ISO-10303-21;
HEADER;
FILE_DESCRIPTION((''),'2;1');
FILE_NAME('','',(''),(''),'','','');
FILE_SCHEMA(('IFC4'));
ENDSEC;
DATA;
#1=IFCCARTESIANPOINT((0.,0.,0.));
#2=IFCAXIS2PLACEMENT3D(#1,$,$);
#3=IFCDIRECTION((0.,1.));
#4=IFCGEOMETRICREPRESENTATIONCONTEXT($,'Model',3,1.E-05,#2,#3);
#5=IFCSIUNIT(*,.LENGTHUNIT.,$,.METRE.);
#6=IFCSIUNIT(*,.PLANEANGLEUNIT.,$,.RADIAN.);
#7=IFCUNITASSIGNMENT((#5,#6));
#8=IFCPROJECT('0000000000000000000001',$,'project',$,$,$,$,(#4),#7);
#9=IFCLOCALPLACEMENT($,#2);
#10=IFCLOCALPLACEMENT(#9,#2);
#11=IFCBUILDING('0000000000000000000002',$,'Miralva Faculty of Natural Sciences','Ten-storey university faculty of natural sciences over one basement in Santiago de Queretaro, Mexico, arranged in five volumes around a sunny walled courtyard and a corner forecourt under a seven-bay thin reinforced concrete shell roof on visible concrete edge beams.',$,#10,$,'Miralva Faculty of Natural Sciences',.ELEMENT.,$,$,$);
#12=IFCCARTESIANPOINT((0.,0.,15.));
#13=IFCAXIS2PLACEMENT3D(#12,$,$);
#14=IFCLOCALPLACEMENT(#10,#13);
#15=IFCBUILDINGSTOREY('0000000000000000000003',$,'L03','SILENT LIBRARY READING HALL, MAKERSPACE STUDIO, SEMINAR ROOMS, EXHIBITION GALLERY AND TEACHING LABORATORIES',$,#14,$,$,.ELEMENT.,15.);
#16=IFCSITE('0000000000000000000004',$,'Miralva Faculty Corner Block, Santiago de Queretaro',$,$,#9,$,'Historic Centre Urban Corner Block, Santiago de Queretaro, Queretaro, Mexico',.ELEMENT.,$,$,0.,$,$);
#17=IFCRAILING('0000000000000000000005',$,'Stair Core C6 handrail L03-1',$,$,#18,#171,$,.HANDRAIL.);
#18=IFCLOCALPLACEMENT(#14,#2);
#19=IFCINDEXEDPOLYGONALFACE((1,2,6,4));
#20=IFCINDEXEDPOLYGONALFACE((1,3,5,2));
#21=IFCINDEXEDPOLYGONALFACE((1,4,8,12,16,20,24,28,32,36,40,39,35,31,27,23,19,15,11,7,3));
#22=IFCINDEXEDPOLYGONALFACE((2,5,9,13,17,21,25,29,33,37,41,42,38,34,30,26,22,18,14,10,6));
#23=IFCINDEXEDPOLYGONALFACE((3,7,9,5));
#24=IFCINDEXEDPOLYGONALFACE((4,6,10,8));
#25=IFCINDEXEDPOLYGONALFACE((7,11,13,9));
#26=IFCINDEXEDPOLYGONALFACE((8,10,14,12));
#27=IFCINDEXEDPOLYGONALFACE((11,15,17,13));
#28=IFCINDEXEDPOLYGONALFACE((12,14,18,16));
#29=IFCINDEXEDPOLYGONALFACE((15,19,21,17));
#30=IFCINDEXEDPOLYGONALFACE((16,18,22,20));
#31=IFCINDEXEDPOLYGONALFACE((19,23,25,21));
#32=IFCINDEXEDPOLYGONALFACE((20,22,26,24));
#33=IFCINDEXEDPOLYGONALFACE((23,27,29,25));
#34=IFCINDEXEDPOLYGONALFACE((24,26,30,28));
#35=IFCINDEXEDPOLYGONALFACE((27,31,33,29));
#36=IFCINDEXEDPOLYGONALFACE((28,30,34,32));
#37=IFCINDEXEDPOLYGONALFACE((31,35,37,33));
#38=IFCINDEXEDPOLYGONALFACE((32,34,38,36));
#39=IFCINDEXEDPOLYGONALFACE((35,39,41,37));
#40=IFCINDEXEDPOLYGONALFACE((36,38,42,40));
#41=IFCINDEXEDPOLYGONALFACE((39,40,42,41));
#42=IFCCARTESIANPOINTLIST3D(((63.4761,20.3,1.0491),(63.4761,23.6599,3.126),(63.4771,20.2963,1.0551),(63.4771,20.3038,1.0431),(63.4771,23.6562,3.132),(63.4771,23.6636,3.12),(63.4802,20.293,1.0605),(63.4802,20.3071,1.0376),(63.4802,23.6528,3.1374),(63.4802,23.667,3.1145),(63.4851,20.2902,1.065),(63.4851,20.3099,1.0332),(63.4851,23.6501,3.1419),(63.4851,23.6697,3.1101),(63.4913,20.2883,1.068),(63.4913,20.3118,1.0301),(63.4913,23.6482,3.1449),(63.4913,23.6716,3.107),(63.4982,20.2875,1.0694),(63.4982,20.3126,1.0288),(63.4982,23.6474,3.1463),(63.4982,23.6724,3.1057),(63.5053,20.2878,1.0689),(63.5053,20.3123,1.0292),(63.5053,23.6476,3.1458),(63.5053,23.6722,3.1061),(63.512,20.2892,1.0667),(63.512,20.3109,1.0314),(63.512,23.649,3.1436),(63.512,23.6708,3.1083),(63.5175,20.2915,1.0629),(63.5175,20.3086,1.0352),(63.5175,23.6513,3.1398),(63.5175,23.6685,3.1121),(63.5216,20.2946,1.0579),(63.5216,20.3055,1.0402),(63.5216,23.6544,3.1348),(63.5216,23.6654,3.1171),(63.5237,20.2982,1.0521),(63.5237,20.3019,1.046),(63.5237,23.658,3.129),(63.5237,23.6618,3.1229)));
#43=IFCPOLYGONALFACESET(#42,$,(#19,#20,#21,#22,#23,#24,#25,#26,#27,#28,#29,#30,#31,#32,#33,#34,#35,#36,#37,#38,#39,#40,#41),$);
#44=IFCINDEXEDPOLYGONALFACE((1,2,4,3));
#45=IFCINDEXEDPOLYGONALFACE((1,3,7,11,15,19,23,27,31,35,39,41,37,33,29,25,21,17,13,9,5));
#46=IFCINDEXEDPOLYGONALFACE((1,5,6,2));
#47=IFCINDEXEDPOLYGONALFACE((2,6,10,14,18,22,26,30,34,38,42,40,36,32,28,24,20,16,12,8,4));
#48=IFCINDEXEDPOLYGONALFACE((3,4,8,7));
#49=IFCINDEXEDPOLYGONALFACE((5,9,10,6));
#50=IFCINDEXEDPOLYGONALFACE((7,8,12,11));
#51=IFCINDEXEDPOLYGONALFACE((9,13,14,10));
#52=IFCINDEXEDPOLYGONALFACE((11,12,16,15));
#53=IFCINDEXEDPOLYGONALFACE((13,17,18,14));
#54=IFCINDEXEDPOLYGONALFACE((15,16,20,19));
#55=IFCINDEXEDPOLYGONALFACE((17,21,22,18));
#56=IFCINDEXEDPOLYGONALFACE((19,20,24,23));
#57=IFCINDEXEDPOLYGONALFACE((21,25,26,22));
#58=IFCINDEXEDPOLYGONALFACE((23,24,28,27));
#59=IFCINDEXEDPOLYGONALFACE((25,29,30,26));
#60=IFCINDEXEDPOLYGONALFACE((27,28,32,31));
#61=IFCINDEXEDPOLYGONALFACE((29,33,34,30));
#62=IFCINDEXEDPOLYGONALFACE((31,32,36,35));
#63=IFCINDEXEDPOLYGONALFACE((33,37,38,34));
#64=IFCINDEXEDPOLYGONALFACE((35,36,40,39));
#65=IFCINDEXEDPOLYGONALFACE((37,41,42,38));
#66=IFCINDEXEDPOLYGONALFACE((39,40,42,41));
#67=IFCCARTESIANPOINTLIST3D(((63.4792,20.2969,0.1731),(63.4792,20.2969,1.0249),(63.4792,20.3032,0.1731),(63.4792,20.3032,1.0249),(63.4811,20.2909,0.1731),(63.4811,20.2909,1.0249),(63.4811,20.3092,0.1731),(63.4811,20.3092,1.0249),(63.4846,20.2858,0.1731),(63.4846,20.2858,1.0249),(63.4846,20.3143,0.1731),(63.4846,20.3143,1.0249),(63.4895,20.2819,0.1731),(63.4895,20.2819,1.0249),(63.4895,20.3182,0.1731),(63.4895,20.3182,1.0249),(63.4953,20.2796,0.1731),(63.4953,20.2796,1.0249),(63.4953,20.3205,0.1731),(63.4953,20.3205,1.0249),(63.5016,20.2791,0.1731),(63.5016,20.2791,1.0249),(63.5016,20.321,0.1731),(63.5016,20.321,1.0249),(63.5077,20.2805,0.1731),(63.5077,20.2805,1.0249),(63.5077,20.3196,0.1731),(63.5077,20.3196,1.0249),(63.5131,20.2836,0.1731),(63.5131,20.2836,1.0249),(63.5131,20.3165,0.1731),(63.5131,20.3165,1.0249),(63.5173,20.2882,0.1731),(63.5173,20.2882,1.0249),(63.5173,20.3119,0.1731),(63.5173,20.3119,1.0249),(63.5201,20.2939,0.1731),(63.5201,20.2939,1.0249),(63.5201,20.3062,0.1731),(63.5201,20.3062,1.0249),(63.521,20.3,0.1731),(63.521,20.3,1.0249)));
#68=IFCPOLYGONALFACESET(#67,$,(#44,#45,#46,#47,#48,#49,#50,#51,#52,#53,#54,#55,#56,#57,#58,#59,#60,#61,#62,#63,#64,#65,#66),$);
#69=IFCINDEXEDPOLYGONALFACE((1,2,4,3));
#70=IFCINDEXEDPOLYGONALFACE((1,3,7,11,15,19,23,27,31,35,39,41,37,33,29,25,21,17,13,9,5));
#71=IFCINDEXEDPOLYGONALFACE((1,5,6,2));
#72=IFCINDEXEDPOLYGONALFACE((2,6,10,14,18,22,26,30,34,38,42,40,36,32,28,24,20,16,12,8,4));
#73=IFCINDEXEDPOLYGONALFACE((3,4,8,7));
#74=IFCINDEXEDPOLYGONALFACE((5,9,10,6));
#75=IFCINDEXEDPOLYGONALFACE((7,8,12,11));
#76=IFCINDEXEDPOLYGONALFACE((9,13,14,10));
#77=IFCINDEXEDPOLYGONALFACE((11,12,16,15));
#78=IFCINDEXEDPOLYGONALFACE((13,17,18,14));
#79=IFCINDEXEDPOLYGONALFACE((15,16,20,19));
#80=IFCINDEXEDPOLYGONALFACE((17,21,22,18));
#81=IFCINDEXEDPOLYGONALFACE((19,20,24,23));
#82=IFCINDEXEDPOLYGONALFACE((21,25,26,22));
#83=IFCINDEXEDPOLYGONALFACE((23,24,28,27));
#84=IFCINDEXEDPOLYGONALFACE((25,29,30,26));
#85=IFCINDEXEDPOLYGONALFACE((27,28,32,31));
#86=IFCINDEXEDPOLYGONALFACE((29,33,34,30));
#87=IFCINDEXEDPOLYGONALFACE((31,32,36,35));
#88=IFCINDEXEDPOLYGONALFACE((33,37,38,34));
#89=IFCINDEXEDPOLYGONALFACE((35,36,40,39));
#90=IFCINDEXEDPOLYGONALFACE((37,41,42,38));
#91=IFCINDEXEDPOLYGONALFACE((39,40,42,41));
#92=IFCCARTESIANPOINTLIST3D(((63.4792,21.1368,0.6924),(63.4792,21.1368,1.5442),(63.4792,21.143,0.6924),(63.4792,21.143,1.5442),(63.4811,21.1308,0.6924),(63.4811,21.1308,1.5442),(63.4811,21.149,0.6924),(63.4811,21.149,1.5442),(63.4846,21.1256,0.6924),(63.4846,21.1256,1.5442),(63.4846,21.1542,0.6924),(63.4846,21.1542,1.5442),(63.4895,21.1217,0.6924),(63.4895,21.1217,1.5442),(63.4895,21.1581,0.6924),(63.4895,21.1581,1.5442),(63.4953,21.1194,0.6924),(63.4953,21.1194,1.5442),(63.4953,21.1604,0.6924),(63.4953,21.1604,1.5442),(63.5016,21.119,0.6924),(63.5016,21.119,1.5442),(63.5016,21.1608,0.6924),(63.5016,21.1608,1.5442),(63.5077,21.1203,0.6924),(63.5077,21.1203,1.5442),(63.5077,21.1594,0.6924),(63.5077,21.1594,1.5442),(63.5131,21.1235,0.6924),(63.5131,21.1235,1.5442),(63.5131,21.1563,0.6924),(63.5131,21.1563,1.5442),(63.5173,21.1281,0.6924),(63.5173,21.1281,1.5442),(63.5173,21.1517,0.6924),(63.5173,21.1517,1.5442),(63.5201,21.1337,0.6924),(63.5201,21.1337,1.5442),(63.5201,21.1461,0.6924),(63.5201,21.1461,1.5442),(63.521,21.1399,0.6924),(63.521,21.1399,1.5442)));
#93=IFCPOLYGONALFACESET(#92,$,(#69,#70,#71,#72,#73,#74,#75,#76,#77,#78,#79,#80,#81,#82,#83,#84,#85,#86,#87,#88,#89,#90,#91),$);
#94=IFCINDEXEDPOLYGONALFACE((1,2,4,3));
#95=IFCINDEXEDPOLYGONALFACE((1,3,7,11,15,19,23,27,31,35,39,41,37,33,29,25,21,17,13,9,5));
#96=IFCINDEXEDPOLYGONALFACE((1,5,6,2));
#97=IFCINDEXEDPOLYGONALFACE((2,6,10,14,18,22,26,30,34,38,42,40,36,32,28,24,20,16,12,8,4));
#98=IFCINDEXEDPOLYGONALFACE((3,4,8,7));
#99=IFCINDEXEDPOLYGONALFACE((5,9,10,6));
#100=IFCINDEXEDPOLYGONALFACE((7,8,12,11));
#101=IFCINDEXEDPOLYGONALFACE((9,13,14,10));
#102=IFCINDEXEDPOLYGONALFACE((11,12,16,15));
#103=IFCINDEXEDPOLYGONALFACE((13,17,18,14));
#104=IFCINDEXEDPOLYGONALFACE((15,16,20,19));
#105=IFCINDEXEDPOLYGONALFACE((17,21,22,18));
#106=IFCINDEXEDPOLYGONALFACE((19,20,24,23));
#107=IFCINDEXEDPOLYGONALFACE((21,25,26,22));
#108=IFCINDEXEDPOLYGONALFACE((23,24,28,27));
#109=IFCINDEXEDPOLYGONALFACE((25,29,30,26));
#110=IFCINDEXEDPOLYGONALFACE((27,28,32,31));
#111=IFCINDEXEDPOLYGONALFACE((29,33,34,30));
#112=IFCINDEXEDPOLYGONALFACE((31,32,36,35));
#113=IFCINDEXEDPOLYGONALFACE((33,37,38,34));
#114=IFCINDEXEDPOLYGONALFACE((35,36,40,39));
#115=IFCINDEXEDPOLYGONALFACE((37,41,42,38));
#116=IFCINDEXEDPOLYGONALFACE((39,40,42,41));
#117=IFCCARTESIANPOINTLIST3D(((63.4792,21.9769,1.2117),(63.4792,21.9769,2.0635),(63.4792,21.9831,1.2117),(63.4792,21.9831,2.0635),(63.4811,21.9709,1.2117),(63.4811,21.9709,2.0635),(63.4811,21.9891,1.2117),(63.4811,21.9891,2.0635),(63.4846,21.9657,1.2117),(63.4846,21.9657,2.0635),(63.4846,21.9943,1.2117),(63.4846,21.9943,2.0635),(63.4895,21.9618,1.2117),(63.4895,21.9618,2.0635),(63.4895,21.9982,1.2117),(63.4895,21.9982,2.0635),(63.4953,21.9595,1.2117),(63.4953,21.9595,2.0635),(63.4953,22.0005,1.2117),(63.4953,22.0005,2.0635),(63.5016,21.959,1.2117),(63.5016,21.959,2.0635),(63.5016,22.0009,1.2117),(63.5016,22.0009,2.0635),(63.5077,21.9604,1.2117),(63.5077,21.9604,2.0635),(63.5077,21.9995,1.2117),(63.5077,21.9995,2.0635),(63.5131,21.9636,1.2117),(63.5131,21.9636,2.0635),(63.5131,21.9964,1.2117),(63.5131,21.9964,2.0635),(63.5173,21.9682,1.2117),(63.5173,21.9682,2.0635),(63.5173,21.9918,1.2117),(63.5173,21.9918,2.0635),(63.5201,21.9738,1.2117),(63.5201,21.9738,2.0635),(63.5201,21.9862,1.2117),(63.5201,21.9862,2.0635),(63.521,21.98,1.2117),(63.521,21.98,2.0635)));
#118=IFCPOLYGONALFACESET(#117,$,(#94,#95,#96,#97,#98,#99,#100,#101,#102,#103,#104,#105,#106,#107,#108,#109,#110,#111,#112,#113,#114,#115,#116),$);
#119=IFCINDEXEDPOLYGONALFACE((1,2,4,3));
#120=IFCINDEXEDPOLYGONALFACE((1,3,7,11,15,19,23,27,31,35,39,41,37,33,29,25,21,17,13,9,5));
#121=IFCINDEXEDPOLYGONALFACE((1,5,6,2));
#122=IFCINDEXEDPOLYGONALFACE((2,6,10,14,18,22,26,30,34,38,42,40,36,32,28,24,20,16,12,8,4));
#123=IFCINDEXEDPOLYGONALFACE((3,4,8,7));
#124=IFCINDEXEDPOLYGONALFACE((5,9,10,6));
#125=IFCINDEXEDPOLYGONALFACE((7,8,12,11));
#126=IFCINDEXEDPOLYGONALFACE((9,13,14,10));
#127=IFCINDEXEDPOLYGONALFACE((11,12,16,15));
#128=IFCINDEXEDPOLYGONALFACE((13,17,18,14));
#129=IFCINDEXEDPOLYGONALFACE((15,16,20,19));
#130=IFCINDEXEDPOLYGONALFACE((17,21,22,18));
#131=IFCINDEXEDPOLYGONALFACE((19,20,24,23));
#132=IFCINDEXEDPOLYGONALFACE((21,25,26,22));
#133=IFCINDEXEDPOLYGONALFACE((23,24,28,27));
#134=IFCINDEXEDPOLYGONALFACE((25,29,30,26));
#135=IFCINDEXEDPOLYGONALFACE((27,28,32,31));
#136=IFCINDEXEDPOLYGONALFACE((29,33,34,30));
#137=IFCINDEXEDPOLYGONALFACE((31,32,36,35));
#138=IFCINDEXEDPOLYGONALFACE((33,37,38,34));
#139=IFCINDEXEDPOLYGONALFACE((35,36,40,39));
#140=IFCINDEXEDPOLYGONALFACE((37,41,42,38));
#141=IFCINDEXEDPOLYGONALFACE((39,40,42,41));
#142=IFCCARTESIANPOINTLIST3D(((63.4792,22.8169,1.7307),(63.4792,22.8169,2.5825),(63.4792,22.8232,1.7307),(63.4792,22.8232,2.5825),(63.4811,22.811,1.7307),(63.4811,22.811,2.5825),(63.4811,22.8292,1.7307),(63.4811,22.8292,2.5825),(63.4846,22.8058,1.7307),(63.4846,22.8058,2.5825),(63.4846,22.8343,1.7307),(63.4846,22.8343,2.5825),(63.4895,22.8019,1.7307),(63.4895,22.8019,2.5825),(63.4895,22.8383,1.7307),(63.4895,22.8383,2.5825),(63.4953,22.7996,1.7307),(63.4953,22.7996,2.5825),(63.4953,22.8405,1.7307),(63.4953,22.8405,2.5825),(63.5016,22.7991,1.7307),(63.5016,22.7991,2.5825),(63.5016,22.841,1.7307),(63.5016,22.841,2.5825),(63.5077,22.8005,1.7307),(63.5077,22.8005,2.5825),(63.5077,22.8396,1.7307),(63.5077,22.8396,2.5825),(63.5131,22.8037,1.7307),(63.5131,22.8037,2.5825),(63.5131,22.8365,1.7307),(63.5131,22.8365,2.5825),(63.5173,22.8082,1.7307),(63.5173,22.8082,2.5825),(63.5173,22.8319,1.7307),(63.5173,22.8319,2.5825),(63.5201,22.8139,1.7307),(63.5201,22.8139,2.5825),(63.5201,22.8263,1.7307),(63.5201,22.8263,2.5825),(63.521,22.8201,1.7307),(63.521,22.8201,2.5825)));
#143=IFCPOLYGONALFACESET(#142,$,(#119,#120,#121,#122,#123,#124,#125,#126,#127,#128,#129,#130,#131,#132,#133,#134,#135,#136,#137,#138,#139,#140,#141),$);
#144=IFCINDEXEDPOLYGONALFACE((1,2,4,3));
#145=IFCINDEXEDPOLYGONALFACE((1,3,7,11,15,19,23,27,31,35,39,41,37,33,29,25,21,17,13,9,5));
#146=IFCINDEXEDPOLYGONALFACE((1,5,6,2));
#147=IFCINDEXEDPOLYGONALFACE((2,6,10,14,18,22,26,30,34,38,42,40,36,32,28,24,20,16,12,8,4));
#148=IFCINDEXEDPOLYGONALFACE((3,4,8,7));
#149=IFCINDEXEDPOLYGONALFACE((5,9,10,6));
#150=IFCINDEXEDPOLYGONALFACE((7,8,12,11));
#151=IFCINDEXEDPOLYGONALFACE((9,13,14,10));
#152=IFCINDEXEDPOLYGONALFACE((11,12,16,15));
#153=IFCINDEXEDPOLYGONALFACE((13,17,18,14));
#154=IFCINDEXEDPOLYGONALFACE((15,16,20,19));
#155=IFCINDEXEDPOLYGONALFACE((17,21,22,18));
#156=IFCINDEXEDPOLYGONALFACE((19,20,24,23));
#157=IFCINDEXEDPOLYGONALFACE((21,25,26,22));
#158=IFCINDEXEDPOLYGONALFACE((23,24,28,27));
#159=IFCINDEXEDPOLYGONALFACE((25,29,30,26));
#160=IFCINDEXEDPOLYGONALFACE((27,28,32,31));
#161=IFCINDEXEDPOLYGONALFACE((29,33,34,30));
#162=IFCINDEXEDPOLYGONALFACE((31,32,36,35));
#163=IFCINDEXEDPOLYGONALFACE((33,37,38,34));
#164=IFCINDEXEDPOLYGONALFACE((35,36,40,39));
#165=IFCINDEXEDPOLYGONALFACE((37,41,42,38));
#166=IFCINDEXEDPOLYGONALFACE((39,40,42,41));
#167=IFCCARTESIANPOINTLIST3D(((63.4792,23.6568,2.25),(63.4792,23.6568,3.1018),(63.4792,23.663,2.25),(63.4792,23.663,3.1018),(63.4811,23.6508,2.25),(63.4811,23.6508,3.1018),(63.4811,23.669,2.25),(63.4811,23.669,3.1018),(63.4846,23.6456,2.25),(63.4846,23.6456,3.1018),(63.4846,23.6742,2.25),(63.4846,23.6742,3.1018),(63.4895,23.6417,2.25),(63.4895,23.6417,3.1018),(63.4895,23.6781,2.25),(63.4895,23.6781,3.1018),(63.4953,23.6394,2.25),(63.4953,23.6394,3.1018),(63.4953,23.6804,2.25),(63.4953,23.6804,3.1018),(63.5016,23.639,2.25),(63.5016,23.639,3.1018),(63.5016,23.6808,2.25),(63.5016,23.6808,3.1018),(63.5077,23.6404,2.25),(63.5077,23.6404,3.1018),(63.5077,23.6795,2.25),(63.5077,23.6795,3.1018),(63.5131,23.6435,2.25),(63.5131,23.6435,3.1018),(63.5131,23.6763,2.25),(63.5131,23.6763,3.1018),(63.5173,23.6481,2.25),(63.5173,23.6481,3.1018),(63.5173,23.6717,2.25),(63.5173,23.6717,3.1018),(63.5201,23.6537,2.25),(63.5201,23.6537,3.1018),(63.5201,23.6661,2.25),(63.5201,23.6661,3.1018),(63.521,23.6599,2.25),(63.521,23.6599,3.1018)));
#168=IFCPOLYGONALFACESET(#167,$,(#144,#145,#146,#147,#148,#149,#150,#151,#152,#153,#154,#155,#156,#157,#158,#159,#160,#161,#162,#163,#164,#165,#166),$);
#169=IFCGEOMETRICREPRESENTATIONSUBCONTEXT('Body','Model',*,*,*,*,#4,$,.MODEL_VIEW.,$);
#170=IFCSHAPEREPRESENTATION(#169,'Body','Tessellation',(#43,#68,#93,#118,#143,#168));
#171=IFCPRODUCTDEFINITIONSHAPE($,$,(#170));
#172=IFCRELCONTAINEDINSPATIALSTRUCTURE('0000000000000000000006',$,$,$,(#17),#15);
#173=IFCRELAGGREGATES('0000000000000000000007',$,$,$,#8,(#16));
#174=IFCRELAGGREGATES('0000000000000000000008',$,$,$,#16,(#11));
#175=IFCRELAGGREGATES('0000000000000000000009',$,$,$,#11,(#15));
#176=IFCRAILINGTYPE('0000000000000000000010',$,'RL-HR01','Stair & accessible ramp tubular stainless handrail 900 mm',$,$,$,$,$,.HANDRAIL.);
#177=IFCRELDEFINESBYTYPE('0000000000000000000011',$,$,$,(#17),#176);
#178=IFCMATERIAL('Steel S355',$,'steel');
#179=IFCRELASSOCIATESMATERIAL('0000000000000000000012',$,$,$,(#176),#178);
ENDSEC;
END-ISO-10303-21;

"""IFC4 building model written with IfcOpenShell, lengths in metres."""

from ifc_helpers import new_model, si_unit, direction, frame, origin, origin_2d, place, context, subcontext, project, spatial, circle, extrude, material, type_object, element, save


model = new_model("IFC4")

# Units and contexts
model_context = context("Model", 3, precision=1e-05, world=origin(), true_north=direction((0.0, 1.0)))
body_context = subcontext(model_context, "Body", "Model", "MODEL_VIEW")
ifc_project = project(units=[si_unit("LENGTHUNIT", "METRE"), si_unit("PLANEANGLEUNIT", "RADIAN")], contexts=[model_context])

# Site, building, storey
site_placement = place(None, origin())
site = spatial("IfcSite", under=ifc_project, at=site_placement, Name="Miralva Faculty Corner Block, Santiago de Queretaro", LongName="Historic Centre Urban Corner Block, Santiago de Queretaro, Queretaro, Mexico", CompositionType="ELEMENT", RefElevation=0.0)
building_placement = place(site_placement, origin())
building = spatial("IfcBuilding", under=site, at=building_placement, Name="Miralva Faculty of Natural Sciences", Description="Ten-storey university faculty of natural sciences over one basement in Santiago de Queretaro, Mexico, arranged in five volumes around a sunny walled courtyard and a corner forecourt under a seven-bay thin reinforced concrete shell roof on visible concrete edge beams.", LongName="Miralva Faculty of Natural Sciences", CompositionType="ELEMENT")
storey_placement = place(building_placement, frame((0.0, 0.0, 15.0)))
storey = spatial("IfcBuildingStorey", under=building, at=storey_placement, Name="L03", Description="SILENT LIBRARY READING HALL, MAKERSPACE STUDIO, SEMINAR ROOMS, EXHIBITION GALLERY AND TEACHING LABORATORIES", CompositionType="ELEMENT", Elevation=15.0)

# Railing
ifc_material_1 = material(Name="Steel S355", Category="steel")
railing_type_1 = type_object("IfcRailingType", Name="RL-HR01", Description="Stair & accessible ramp tubular stainless handrail 900 mm", PredefinedType="HANDRAIL", material=ifc_material_1)
railing_1_placement = place(storey_placement, frame((63.5, 20.3, 0.1731)))
element("IfcRailing", 1, at=railing_1_placement, inside=storey, type_object=railing_type_1, Name="Stair Core C6 handrail L03-1", PredefinedType="HANDRAIL", context=body_context, shape_type="SweptSolid", body=[
    extrude(circle(Radius=0.0239, at=origin_2d()), frame((0.0, 0.0, 0.876), z_axis=(0.0, 0.850606, 0.525803), x_axis=(-1.0, 0.0, 0.0)), (0.0, 0.0, 1.0), 3.95),
    extrude(circle(Radius=0.021, at=origin_2d()), origin(), (0.0, 0.0, 1.0), 0.8518),
    extrude(circle(Radius=0.021, at=origin_2d()), frame((0.0, 0.8398, 0.5193)), (0.0, 0.0, 1.0), 0.8518),
    extrude(circle(Radius=0.021, at=origin_2d()), frame((0.0, 1.6799, 1.0386)), (0.0, 0.0, 1.0), 0.8518),
    extrude(circle(Radius=0.021, at=origin_2d()), frame((0.0, 2.52, 1.5576)), (0.0, 0.0, 1.0), 0.8518),
    extrude(circle(Radius=0.021, at=origin_2d()), frame((0.0, 3.3599, 2.0769)), (0.0, 0.0, 1.0), 0.8518),
])

save(model, "model.ifc")
